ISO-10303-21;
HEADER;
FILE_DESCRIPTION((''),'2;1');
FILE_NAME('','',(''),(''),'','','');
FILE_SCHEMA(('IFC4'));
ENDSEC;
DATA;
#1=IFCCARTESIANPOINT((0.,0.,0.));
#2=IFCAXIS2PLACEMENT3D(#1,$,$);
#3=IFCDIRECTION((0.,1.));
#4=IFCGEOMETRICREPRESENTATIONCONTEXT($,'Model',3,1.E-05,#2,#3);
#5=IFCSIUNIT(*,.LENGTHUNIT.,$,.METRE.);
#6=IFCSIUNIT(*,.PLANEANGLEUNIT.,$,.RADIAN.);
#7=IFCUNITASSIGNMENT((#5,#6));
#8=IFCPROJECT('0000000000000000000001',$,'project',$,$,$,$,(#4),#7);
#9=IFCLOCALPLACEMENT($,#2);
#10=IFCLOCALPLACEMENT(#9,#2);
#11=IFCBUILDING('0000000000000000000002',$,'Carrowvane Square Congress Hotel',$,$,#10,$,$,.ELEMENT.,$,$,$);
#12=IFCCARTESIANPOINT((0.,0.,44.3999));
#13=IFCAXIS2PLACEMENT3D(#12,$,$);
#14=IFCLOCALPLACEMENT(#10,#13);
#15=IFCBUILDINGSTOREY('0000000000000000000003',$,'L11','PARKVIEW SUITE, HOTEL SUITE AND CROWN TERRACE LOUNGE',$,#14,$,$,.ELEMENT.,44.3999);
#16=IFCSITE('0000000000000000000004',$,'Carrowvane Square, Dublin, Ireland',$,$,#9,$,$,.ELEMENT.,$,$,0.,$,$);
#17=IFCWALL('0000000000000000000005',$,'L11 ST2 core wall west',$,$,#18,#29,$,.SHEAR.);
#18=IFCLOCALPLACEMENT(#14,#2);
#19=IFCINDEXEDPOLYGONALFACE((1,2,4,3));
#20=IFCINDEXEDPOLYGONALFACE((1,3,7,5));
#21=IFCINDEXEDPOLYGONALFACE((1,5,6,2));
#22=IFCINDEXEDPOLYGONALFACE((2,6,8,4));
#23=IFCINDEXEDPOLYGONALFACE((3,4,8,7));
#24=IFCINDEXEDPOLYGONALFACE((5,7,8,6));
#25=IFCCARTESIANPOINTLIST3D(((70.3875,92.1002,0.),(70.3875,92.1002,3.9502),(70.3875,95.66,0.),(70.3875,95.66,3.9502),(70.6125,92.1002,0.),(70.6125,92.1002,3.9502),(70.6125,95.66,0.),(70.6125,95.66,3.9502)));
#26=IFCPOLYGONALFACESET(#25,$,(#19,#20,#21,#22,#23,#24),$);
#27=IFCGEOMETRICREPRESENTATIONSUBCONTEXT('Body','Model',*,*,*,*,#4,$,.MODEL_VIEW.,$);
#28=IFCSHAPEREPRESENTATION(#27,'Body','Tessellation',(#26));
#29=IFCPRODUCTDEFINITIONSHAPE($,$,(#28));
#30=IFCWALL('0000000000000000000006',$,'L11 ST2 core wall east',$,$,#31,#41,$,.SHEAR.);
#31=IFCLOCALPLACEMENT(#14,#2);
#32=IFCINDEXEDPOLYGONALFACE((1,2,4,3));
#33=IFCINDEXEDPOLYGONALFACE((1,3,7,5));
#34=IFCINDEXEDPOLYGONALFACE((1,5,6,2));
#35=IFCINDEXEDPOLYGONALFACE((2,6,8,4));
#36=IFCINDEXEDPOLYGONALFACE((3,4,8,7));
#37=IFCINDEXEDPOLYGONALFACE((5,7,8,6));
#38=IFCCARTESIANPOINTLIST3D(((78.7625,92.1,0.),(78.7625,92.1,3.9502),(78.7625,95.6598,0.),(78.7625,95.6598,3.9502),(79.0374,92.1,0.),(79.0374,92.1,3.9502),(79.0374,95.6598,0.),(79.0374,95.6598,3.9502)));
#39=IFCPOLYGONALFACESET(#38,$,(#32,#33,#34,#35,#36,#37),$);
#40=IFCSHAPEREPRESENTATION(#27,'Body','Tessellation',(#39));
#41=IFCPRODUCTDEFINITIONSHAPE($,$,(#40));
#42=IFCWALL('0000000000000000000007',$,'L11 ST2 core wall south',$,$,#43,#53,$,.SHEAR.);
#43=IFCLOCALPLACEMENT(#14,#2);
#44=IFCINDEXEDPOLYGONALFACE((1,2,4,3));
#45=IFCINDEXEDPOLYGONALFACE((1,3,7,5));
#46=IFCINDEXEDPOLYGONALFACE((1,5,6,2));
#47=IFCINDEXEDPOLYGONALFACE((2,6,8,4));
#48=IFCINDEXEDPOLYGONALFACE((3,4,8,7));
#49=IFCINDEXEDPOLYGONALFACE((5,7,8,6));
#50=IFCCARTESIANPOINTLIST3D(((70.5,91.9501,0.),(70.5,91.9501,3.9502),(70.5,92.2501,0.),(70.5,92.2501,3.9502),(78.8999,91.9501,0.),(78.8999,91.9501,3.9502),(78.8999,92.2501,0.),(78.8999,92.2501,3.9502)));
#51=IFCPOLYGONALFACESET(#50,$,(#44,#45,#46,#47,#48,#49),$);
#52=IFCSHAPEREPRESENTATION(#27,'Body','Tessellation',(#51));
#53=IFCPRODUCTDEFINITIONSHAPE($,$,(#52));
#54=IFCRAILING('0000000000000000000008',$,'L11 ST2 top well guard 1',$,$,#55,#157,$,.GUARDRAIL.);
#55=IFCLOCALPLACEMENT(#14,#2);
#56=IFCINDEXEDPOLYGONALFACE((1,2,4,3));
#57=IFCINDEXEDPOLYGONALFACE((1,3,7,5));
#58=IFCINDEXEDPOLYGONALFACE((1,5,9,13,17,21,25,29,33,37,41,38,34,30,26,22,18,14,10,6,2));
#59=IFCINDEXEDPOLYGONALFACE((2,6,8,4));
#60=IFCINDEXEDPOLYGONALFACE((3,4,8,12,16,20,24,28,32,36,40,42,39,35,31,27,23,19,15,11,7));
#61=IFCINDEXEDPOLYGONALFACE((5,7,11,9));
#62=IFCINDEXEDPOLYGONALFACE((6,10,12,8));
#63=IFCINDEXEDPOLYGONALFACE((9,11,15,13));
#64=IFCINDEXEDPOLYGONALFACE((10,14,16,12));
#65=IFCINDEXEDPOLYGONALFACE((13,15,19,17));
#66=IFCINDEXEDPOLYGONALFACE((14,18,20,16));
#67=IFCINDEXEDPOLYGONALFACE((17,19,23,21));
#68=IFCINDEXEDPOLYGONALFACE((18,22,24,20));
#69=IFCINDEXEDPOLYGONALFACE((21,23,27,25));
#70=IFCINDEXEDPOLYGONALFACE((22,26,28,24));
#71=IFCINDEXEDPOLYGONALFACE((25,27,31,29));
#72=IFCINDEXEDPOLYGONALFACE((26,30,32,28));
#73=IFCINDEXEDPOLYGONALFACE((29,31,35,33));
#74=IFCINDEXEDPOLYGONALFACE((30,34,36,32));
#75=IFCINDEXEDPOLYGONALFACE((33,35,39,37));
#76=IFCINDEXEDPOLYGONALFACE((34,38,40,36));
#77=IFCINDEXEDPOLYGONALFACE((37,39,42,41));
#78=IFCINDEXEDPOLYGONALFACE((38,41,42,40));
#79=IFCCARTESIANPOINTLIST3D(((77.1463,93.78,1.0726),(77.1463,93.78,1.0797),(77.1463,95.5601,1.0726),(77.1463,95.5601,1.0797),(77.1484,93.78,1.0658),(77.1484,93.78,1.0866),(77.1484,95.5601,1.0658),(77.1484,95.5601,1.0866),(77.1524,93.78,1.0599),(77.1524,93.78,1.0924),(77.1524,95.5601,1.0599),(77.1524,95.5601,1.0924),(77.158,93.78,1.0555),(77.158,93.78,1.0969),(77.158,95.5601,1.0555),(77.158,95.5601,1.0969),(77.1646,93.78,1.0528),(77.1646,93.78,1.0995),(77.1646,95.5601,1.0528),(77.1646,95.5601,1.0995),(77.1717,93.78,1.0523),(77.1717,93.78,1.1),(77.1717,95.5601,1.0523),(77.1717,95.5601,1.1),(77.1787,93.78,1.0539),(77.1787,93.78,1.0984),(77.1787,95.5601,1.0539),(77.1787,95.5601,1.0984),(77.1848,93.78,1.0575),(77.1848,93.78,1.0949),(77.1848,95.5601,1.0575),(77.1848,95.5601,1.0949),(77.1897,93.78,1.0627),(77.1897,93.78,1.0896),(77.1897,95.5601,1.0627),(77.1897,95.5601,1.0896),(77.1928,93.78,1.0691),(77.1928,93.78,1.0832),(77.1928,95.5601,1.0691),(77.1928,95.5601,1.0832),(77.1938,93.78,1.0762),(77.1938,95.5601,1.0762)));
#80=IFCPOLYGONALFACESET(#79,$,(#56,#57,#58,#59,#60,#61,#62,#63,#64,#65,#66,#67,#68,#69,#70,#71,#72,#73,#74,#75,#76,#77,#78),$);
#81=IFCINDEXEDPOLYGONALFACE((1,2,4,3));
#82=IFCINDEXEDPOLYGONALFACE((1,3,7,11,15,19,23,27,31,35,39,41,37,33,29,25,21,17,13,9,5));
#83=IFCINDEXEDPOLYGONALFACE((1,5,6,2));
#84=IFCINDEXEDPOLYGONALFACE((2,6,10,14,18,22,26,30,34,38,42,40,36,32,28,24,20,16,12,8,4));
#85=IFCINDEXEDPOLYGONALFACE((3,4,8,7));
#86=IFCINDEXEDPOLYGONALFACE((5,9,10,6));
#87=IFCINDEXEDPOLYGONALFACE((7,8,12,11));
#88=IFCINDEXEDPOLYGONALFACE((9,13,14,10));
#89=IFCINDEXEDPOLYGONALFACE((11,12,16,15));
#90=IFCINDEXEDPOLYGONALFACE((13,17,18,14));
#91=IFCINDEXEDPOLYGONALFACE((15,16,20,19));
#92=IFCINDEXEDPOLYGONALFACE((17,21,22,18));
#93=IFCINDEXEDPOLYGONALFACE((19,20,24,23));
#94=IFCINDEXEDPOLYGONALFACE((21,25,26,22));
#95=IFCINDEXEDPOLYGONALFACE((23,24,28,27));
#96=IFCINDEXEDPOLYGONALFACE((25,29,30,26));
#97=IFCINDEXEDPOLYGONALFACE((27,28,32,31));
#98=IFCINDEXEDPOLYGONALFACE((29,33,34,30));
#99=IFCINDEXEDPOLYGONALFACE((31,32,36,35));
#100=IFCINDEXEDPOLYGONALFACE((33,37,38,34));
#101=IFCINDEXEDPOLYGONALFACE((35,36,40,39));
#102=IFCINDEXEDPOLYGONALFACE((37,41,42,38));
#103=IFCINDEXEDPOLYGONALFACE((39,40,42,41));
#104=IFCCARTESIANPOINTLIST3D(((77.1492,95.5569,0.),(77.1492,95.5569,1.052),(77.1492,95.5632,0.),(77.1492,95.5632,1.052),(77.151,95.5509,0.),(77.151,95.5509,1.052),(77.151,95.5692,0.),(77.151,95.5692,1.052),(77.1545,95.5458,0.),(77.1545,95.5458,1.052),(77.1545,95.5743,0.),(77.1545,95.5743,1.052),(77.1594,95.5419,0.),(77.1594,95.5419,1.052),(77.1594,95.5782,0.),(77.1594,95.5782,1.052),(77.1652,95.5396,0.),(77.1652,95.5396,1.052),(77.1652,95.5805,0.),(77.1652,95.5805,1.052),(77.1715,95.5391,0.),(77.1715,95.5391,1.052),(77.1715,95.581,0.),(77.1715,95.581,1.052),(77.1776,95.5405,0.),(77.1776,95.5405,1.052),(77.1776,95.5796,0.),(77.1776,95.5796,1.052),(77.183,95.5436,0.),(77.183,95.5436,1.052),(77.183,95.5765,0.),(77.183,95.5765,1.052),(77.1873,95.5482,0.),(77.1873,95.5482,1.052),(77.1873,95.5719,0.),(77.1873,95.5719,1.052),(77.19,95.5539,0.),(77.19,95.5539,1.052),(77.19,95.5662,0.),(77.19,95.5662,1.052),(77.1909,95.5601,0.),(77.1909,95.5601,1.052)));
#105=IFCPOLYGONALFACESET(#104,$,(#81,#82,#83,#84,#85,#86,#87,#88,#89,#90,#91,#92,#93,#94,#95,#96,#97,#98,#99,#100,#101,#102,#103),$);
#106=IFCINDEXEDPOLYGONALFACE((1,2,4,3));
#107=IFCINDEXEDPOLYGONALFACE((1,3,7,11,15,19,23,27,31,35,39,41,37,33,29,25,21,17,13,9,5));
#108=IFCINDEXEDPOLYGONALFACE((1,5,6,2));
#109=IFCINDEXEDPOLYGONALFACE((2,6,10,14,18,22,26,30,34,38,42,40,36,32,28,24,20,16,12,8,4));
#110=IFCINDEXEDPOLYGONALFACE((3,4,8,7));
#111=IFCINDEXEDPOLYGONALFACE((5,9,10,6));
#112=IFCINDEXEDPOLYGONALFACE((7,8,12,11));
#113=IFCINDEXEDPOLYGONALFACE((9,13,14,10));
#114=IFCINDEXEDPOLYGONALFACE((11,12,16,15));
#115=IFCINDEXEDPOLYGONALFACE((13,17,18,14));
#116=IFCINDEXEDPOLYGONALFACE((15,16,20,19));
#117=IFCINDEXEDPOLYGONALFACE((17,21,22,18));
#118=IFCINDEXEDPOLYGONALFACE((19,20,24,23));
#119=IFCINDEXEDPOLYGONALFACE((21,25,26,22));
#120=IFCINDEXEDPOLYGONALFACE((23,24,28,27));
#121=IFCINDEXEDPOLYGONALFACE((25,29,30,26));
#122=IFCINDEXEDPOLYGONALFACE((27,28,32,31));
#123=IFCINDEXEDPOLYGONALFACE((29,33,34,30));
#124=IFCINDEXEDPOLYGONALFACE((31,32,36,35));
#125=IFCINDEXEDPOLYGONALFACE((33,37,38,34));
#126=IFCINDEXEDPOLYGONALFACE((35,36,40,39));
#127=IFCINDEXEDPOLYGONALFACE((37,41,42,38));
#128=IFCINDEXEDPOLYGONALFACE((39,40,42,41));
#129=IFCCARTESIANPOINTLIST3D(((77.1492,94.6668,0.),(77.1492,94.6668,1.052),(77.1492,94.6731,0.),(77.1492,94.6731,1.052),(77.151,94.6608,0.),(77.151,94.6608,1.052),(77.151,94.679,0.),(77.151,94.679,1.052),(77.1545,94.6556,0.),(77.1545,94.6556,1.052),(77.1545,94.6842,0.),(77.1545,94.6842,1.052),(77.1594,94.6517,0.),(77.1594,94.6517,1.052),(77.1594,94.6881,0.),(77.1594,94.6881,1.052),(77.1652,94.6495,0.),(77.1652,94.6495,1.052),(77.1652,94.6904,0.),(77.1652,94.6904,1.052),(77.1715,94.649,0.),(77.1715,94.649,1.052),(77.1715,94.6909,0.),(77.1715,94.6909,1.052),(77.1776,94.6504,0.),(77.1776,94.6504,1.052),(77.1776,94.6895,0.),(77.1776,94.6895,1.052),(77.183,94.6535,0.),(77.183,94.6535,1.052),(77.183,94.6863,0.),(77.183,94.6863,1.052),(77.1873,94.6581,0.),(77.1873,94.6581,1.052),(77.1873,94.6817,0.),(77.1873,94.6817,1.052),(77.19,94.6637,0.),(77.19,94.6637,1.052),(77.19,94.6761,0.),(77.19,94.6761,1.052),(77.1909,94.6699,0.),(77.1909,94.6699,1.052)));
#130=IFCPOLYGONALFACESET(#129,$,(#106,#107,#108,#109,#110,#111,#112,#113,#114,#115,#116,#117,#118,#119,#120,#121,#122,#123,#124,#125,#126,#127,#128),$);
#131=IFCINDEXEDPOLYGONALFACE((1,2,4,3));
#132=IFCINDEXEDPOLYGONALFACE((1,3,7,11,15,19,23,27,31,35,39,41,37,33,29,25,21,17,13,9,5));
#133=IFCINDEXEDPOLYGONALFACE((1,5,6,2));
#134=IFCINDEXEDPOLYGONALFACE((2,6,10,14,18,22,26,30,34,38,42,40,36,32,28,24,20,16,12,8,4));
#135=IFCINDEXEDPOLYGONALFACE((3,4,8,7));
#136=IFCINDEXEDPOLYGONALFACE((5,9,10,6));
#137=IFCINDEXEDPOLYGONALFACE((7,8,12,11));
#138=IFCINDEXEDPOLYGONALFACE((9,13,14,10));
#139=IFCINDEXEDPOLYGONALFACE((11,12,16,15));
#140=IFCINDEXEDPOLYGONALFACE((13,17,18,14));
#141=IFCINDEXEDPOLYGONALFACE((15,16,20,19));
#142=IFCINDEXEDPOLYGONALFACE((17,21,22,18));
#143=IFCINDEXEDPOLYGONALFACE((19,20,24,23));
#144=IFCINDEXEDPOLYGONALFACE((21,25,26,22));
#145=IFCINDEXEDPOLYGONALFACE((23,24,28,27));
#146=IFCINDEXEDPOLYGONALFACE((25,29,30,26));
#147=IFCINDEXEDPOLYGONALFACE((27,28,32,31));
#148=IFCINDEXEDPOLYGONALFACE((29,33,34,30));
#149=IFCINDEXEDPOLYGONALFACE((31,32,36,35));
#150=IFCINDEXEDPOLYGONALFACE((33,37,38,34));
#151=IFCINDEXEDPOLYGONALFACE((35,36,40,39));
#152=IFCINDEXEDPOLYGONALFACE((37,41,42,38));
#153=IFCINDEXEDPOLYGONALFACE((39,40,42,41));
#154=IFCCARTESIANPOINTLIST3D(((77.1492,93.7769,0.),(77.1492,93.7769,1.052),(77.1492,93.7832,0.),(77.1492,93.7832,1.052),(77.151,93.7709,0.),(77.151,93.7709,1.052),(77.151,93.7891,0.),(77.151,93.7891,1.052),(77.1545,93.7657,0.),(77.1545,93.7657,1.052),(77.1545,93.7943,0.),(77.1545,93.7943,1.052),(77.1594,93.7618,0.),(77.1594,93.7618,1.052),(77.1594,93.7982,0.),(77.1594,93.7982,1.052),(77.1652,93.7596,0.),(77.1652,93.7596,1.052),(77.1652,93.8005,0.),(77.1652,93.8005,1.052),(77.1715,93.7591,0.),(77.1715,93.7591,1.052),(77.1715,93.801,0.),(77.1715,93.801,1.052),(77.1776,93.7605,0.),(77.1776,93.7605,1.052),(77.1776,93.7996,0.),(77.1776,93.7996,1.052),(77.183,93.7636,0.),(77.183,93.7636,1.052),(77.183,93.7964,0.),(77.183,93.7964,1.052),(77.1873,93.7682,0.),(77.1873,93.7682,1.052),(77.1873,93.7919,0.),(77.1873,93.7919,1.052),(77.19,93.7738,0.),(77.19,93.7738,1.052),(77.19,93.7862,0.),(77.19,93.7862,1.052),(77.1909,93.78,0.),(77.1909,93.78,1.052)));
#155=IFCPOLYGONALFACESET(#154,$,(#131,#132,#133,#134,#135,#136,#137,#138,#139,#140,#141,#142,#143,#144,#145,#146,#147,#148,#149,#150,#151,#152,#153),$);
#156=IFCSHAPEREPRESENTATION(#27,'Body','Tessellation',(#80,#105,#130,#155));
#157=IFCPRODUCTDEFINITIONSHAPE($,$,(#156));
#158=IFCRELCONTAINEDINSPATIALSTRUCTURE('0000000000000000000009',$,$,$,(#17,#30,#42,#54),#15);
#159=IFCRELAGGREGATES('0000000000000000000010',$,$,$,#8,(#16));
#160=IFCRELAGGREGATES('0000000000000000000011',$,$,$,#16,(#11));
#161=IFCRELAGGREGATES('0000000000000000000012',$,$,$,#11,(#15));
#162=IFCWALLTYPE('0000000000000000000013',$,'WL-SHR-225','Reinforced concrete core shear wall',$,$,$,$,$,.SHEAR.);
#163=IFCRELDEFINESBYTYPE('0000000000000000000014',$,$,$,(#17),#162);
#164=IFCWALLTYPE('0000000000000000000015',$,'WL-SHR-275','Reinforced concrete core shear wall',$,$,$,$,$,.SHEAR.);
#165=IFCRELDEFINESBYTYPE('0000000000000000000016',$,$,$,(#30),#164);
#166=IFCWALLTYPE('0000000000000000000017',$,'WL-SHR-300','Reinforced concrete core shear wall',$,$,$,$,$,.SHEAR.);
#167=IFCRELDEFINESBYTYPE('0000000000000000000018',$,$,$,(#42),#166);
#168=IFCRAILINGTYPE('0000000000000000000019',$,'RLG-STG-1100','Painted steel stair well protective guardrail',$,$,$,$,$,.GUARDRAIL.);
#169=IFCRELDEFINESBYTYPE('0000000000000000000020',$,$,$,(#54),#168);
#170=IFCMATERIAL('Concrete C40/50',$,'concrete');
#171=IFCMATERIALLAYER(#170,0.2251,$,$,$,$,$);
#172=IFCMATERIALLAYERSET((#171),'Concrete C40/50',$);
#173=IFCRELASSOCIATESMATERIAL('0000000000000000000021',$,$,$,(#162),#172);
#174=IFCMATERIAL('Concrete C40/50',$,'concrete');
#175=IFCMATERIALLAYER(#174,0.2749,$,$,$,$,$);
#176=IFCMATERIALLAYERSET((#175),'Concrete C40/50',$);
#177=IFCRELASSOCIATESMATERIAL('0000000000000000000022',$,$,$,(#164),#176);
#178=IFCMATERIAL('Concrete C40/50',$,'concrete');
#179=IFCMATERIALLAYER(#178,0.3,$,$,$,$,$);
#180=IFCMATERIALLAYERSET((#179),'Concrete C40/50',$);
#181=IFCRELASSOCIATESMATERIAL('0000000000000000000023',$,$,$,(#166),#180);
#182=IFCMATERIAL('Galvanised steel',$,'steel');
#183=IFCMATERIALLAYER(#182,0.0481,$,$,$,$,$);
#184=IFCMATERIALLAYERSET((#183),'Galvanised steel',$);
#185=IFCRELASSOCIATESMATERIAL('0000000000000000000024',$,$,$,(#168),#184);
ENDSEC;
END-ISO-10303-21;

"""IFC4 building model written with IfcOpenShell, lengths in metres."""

from ifc_helpers import new_model, si_unit, direction, frame, frame_2d, origin, origin_2d, place, context, subcontext, project, spatial, rectangle, circle, extrude, material, layer, layer_set, type_object, element, save


model = new_model("IFC4")

# Units and contexts
model_context = context("Model", 3, precision=1e-05, world=origin(), true_north=direction((0.0, 1.0)))
body_context = subcontext(model_context, "Body", "Model", "MODEL_VIEW")
ifc_project = project(units=[si_unit("LENGTHUNIT", "METRE"), si_unit("PLANEANGLEUNIT", "RADIAN")], contexts=[model_context])

# Site, building, storey
site_placement = place(None, origin())
site = spatial("IfcSite", under=ifc_project, at=site_placement, Name="Carrowvane Square, Dublin, Ireland", CompositionType="ELEMENT", RefElevation=0.0)
building_placement = place(site_placement, origin())
building = spatial("IfcBuilding", under=site, at=building_placement, Name="Carrowvane Square Congress Hotel", CompositionType="ELEMENT")
storey_placement = place(building_placement, frame((0.0, 0.0, 44.3999)))
storey = spatial("IfcBuildingStorey", under=building, at=storey_placement, Name="L11", Description="PARKVIEW SUITE, HOTEL SUITE AND CROWN TERRACE LOUNGE", CompositionType="ELEMENT", Elevation=44.3999)

# Walls
ifc_material_1 = material(Name="Concrete C40/50", Category="concrete")
ifc_layer_1 = layer(ifc_material_1, 0.2251)
ifc_layer_set_1 = layer_set([ifc_layer_1], Name="Concrete C40/50")
wall_type_1 = type_object("IfcWallType", Name="WL-SHR-225", Description="Reinforced concrete core shear wall", PredefinedType="SHEAR", material=ifc_layer_set_1)
wall_1_placement = place(storey_placement, frame((70.5, 95.6599, 0.0), z_axis=(0.0, 0.0, 1.0), x_axis=(0.0, -1.0, 0.0)))
element("IfcWall", 1, at=wall_1_placement, inside=storey, type_object=wall_type_1, Name="L11 ST2 core wall west", PredefinedType="SHEAR", context=body_context, shape_type="SweptSolid", body=[
    extrude(rectangle(XDim=3.5598, YDim=0.2251, at=frame_2d((1.7798, 0.0))), origin(), (0.0, 0.0, 1.0), 3.9502),
])
ifc_material_2 = material(Name="Concrete C40/50", Category="concrete")
ifc_layer_2 = layer(ifc_material_2, 0.2749)
ifc_layer_set_2 = layer_set([ifc_layer_2], Name="Concrete C40/50")
wall_type_2 = type_object("IfcWallType", Name="WL-SHR-275", Description="Reinforced concrete core shear wall", PredefinedType="SHEAR", material=ifc_layer_set_2)
wall_2_placement = place(storey_placement, frame((78.8999, 92.1001, 0.0), z_axis=(0.0, 0.0, 1.0), x_axis=(0.0, 1.0, 0.0)))
element("IfcWall", 2, at=wall_2_placement, inside=storey, type_object=wall_type_2, Name="L11 ST2 core wall east", PredefinedType="SHEAR", context=body_context, shape_type="SweptSolid", body=[
    extrude(rectangle(XDim=3.5598, YDim=0.2749, at=frame_2d((1.7798, 0.0))), origin(), (0.0, 0.0, 1.0), 3.9502),
])
ifc_material_3 = material(Name="Concrete C40/50", Category="concrete")
ifc_layer_3 = layer(ifc_material_3, 0.3)
ifc_layer_set_3 = layer_set([ifc_layer_3], Name="Concrete C40/50")
wall_type_3 = type_object("IfcWallType", Name="WL-SHR-300", Description="Reinforced concrete core shear wall", PredefinedType="SHEAR", material=ifc_layer_set_3)
wall_3_placement = place(storey_placement, frame((70.5, 92.1001, 0.0), z_axis=(0.0, 0.0, 1.0), x_axis=(1.0, 0.0, 0.0)))
element("IfcWall", 3, at=wall_3_placement, inside=storey, type_object=wall_type_3, Name="L11 ST2 core wall south", PredefinedType="SHEAR", context=body_context, shape_type="SweptSolid", body=[
    extrude(rectangle(XDim=8.3999, YDim=0.3, at=frame_2d((4.2, 0.0))), origin(), (0.0, 0.0, 1.0), 3.9502),
])

# Railing
ifc_material_4 = material(Name="Galvanised steel", Category="steel")
ifc_layer_4 = layer(ifc_material_4, 0.0481)
ifc_layer_set_4 = layer_set([ifc_layer_4], Name="Galvanised steel")
railing_type = type_object("IfcRailingType", Name="RLG-STG-1100", Description="Painted steel stair well protective guardrail", PredefinedType="GUARDRAIL", material=ifc_layer_set_4)
railing_placement = place(storey_placement, frame((77.1699, 95.5601, 0.0)))
element("IfcRailing", 4, at=railing_placement, inside=storey, type_object=railing_type, Name="L11 ST2 top well guard 1", PredefinedType="GUARDRAIL", context=body_context, shape_type="SweptSolid", body=[
    extrude(circle(Radius=0.0239, at=origin_2d()), frame((0.0, 0.0, 1.0762), z_axis=(0.0, -1.0, 0.0), x_axis=(1.0, 0.0, 0.0)), (0.0, 0.0, 1.0), 1.78),
    extrude(circle(Radius=0.021, at=origin_2d()), origin(), (0.0, 0.0, 1.0), 1.052),
    extrude(circle(Radius=0.021, at=origin_2d()), frame((0.0, -0.8901, 0.0)), (0.0, 0.0, 1.0), 1.052),
    extrude(circle(Radius=0.021, at=origin_2d()), frame((0.0, -1.78, 0.0)), (0.0, 0.0, 1.0), 1.052),
])

save(model, "model.ifc")
